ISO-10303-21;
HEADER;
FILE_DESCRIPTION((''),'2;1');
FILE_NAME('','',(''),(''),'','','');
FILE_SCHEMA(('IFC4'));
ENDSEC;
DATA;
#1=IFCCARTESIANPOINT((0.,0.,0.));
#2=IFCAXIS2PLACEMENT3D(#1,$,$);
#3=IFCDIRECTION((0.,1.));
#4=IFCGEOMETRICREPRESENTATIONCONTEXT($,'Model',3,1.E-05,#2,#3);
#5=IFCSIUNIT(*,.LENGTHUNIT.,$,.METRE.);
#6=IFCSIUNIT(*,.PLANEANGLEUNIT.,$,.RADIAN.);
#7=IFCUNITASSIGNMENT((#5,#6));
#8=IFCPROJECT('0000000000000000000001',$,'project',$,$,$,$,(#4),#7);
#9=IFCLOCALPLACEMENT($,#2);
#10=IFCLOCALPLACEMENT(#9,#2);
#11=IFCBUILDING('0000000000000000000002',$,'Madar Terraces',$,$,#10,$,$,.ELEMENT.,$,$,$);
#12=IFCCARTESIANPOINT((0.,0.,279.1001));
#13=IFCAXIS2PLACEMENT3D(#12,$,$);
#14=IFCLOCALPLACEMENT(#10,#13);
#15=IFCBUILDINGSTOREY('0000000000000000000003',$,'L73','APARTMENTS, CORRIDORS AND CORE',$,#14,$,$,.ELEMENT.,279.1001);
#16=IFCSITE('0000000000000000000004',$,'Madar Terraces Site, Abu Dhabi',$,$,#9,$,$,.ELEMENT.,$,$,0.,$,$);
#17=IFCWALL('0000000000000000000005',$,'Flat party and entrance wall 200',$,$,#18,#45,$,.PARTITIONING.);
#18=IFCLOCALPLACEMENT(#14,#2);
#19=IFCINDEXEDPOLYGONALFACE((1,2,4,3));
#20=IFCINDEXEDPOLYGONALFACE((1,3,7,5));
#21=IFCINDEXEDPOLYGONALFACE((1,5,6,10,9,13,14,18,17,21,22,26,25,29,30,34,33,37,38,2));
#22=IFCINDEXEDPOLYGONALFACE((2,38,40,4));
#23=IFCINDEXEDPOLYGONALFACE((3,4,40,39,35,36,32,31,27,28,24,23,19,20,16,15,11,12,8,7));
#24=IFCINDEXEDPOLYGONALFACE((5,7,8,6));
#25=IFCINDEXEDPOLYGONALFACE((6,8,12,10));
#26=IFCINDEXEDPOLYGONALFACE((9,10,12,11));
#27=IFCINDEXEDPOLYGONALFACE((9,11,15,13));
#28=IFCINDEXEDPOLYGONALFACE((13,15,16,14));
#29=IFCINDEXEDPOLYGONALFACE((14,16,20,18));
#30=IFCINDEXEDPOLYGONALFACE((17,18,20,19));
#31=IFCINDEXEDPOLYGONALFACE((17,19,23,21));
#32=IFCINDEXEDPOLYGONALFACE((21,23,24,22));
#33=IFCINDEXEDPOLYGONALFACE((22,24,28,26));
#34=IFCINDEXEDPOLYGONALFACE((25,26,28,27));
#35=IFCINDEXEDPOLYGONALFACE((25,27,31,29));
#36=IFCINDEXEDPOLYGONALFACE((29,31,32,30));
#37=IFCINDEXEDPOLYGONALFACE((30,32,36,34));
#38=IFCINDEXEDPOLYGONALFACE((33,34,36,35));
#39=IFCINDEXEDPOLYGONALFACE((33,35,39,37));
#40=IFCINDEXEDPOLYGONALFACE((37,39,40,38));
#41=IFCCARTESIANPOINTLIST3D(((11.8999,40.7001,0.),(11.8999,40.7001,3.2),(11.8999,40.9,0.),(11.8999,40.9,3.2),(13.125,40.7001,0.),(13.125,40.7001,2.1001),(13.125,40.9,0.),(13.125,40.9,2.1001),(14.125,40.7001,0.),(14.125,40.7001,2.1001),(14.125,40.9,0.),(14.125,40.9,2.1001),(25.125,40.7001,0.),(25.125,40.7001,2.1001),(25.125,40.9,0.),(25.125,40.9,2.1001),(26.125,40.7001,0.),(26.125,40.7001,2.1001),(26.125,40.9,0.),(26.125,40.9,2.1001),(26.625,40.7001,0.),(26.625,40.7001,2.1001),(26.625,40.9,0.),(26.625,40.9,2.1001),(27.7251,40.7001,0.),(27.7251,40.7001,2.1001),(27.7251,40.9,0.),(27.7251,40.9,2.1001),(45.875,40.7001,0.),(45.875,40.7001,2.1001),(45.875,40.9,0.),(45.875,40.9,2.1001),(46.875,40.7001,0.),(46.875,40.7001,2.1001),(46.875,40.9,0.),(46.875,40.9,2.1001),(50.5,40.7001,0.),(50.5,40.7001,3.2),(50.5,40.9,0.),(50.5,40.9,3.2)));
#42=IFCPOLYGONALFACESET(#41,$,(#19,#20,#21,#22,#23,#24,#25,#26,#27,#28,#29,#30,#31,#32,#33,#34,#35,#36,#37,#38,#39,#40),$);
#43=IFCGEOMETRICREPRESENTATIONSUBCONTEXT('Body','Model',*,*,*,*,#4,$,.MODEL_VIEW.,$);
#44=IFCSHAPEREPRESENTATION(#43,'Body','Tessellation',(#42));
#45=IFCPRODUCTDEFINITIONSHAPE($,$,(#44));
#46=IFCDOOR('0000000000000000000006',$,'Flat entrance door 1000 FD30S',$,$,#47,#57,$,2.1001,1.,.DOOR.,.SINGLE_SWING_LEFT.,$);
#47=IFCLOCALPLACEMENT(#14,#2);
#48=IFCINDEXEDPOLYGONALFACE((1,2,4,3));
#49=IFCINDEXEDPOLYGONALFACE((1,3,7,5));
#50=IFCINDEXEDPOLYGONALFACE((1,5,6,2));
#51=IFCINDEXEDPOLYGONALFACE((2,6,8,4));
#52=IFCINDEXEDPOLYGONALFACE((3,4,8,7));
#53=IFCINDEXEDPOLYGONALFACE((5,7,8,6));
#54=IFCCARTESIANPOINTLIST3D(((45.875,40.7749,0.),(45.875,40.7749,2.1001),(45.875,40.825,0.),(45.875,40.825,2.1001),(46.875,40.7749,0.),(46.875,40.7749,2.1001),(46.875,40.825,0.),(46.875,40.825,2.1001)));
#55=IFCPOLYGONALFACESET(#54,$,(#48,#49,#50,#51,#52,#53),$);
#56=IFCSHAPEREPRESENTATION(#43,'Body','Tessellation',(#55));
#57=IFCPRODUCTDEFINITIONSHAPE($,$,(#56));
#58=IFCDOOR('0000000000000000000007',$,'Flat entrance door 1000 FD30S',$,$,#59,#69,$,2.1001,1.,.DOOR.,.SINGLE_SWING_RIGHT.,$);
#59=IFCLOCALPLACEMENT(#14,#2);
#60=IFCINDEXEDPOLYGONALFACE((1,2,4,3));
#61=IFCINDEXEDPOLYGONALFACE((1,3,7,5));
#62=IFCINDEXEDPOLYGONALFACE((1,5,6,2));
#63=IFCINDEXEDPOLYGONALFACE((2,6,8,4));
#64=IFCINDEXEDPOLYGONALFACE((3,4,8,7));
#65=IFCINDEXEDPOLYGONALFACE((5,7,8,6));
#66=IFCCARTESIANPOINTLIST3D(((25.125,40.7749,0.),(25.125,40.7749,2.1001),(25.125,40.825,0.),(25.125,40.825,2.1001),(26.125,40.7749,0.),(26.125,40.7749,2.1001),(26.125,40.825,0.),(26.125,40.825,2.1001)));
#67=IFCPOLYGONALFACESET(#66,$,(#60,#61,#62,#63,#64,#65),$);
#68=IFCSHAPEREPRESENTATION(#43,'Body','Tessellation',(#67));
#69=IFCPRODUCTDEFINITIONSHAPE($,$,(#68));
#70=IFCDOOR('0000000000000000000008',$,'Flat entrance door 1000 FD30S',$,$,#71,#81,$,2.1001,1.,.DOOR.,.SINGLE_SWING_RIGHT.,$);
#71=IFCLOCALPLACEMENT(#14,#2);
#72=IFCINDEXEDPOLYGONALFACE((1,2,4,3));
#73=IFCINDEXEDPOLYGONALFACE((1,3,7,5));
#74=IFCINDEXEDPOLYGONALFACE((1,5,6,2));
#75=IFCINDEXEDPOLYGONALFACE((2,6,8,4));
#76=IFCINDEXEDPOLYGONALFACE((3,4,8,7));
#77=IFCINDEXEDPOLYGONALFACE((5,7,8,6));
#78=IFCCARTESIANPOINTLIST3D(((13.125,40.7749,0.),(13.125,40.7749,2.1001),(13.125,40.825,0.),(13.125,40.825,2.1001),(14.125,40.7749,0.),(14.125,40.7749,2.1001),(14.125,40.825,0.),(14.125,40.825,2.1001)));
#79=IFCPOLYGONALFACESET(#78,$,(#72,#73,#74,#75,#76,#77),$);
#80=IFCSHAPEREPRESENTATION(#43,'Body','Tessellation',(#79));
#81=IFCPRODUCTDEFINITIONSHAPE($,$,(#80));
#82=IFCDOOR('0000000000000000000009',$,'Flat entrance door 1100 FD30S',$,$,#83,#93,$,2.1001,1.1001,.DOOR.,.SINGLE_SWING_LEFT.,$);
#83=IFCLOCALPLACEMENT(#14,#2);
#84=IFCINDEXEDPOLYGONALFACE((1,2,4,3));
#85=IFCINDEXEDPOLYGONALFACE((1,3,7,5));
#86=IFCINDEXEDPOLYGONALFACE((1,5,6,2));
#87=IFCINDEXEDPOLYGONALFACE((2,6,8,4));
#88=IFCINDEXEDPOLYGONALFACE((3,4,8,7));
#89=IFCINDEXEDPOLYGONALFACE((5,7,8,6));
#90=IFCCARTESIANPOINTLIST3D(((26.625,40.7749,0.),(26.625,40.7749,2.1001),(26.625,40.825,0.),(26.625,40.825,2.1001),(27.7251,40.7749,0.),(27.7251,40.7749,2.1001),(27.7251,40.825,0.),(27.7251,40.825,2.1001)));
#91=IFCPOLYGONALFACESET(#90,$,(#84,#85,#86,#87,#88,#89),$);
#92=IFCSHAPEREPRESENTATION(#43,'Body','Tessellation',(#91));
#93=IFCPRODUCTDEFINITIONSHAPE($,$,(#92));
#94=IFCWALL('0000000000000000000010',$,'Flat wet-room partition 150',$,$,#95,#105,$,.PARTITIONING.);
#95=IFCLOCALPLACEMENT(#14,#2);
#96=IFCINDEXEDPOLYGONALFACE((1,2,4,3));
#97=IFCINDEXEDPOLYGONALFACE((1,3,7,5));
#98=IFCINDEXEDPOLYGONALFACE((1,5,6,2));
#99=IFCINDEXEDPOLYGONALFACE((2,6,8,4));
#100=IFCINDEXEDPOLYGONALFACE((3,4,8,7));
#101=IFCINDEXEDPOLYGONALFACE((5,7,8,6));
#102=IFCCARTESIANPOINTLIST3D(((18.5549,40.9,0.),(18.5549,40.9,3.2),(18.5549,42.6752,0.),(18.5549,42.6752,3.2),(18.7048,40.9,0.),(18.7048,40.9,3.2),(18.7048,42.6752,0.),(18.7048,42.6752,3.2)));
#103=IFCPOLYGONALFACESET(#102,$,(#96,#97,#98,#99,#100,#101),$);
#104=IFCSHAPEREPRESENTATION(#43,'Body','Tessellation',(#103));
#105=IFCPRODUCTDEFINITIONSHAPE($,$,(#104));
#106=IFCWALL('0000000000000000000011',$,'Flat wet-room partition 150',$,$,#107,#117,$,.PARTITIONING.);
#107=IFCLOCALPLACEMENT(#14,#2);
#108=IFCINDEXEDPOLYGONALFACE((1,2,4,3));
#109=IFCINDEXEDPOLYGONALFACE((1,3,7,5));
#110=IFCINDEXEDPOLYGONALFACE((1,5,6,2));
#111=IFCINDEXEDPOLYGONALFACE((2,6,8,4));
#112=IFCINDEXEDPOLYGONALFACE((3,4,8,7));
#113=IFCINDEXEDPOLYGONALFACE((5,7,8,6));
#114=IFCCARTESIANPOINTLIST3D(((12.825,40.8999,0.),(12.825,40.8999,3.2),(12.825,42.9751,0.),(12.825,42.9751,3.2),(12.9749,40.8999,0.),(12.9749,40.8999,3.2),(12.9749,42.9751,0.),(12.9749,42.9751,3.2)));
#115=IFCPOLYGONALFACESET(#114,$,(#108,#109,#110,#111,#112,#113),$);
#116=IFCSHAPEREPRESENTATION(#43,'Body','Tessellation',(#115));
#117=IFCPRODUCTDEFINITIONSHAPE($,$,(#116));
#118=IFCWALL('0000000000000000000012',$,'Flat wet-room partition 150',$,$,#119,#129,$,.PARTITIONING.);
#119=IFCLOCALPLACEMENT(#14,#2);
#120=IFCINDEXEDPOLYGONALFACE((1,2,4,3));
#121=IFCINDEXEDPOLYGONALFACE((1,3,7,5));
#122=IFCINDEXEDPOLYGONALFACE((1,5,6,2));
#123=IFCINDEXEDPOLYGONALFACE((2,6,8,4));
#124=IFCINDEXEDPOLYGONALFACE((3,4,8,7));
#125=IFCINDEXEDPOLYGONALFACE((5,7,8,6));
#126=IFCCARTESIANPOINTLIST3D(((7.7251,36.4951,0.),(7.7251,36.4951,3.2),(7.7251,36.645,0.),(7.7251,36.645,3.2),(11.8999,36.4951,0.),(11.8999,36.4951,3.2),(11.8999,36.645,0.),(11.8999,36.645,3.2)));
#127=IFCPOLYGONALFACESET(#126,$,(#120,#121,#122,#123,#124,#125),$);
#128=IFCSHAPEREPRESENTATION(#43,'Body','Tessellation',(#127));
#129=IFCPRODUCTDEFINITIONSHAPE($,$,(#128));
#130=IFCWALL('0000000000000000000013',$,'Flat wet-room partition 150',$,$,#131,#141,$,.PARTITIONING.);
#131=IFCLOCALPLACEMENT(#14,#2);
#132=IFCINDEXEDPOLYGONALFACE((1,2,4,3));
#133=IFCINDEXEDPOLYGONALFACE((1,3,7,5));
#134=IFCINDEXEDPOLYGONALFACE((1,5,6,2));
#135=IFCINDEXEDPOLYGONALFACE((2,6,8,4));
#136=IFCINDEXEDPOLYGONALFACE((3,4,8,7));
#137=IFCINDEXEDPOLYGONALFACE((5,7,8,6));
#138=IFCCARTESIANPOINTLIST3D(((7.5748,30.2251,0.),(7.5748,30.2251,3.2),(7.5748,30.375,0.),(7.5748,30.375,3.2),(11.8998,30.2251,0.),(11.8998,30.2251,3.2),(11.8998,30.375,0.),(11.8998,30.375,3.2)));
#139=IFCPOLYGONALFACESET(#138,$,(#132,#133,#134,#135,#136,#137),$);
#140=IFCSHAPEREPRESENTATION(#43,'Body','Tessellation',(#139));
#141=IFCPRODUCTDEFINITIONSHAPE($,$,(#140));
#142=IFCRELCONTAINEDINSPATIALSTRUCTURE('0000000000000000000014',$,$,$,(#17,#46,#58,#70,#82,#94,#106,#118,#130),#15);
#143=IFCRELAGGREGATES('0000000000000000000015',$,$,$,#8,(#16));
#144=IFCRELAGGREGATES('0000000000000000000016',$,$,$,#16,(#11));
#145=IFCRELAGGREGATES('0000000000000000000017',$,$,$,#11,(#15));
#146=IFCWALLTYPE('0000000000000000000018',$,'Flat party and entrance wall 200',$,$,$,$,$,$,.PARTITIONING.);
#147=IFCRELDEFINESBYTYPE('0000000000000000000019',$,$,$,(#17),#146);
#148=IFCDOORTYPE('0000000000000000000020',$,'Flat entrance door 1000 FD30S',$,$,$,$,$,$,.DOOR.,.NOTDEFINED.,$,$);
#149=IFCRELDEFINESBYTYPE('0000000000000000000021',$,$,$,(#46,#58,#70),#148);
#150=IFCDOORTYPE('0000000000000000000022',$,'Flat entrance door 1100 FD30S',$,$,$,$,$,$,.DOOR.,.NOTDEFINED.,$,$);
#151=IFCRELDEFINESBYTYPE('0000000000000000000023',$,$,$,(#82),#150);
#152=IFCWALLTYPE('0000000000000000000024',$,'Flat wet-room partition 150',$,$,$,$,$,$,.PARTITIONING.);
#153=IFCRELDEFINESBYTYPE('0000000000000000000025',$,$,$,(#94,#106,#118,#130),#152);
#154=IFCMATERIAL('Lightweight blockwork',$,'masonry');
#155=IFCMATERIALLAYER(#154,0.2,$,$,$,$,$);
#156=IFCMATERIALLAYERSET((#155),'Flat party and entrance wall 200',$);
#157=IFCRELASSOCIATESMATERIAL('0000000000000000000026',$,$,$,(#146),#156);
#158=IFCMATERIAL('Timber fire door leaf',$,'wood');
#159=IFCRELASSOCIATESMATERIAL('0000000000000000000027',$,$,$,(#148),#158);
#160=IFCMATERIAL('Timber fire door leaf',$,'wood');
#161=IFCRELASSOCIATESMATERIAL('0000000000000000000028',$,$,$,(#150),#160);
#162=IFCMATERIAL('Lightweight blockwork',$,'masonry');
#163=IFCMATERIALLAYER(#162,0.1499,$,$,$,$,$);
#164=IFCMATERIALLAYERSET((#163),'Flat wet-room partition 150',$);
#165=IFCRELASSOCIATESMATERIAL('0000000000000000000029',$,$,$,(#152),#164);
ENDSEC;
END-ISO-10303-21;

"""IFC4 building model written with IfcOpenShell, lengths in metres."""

from ifc_helpers import new_model, si_unit, direction, frame, frame_2d, origin, place, context, subcontext, project, spatial, rectangle, extrude, material, layer, layer_set, type_object, element, fill, save


model = new_model("IFC4")

# Units and contexts
model_context = context("Model", 3, precision=1e-05, world=origin(), true_north=direction((0.0, 1.0)))
body_context = subcontext(model_context, "Body", "Model", "MODEL_VIEW")
ifc_project = project(units=[si_unit("LENGTHUNIT", "METRE"), si_unit("PLANEANGLEUNIT", "RADIAN")], contexts=[model_context])

# Site, building, storey
site_placement = place(None, origin())
site = spatial("IfcSite", under=ifc_project, at=site_placement, Name="Madar Terraces Site, Abu Dhabi", CompositionType="ELEMENT", RefElevation=0.0)
building_placement = place(site_placement, origin())
building = spatial("IfcBuilding", under=site, at=building_placement, Name="Madar Terraces", CompositionType="ELEMENT")
storey_placement = place(building_placement, frame((0.0, 0.0, 279.1001)))
storey = spatial("IfcBuildingStorey", under=building, at=storey_placement, Name="L73", Description="APARTMENTS, CORRIDORS AND CORE", CompositionType="ELEMENT", Elevation=279.1001)

# Wall, openings, doors
ifc_material_1 = material(Name="Lightweight blockwork", Category="masonry")
ifc_layer_1 = layer(ifc_material_1, 0.2)
ifc_layer_set_1 = layer_set([ifc_layer_1], Name="Flat party and entrance wall 200")
wall_type_1 = type_object("IfcWallType", Name="Flat party and entrance wall 200", PredefinedType="PARTITIONING", material=ifc_layer_set_1)
wall_1_placement = place(storey_placement, frame((11.8999, 40.8, 0.0), z_axis=(0.0, 0.0, 1.0), x_axis=(1.0, 0.0, 0.0)))
wall_1 = element("IfcWall", 1, at=wall_1_placement, inside=storey, type_object=wall_type_1, Name="Flat party and entrance wall 200", PredefinedType="PARTITIONING", context=body_context, shape_type="SweptSolid", body=[
    extrude(rectangle(XDim=38.6001, YDim=0.2, at=frame_2d((19.3, 0.0))), origin(), (0.0, 0.0, 1.0), 3.2),
])
opening_1_placement = place(wall_1_placement, frame((33.9751, 0.0, 0.0)))
opening_1 = element("IfcOpeningElement", 2, at=opening_1_placement, cuts=wall_1, PredefinedType="OPENING", context=body_context, shape_type="SweptSolid", body=[
    extrude(rectangle(XDim=1.0, YDim=2.1001, at=frame_2d((0.5, 1.05))), frame((0.0, 0.1099, 0.0), z_axis=(0.0, -1.0, 0.0), x_axis=(1.0, 0.0, 0.0)), (0.0, 0.0, 1.0), 0.22),
])
opening_2_placement = place(wall_1_placement, frame((14.7251, 0.0, 0.0)))
opening_2 = element("IfcOpeningElement", 3, at=opening_2_placement, cuts=wall_1, PredefinedType="OPENING", context=body_context, shape_type="SweptSolid", body=[
    extrude(rectangle(XDim=1.1001, YDim=2.1001, at=frame_2d((0.55, 1.05))), frame((0.0, 0.1099, 0.0), z_axis=(0.0, -1.0, 0.0), x_axis=(1.0, 0.0, 0.0)), (0.0, 0.0, 1.0), 0.22),
])
opening_3_placement = place(wall_1_placement, frame((13.2251, 0.0, 0.0)))
opening_3 = element("IfcOpeningElement", 4, at=opening_3_placement, cuts=wall_1, PredefinedType="OPENING", context=body_context, shape_type="SweptSolid", body=[
    extrude(rectangle(XDim=1.0, YDim=2.1001, at=frame_2d((0.5, 1.05))), frame((0.0, 0.1099, 0.0), z_axis=(0.0, -1.0, 0.0), x_axis=(1.0, 0.0, 0.0)), (0.0, 0.0, 1.0), 0.22),
])
opening_4_placement = place(wall_1_placement, frame((1.2251, 0.0, 0.0)))
opening_4 = element("IfcOpeningElement", 5, at=opening_4_placement, cuts=wall_1, PredefinedType="OPENING", context=body_context, shape_type="SweptSolid", body=[
    extrude(rectangle(XDim=1.0, YDim=2.1001, at=frame_2d((0.5, 1.05))), frame((0.0, 0.1099, 0.0), z_axis=(0.0, -1.0, 0.0), x_axis=(1.0, 0.0, 0.0)), (0.0, 0.0, 1.0), 0.22),
])
ifc_material_2 = material(Name="Timber fire door leaf", Category="wood")
door_type_1 = type_object("IfcDoorType", Name="Flat entrance door 1000 FD30S", OperationType="NOTDEFINED", PredefinedType="DOOR", material=ifc_material_2)
door_1_placement = place(opening_1_placement, origin())
door_1 = element("IfcDoor", 6, at=door_1_placement, inside=storey, type_object=door_type_1, Name="Flat entrance door 1000 FD30S", OperationType="SINGLE_SWING_LEFT", OverallHeight=2.1001, OverallWidth=1.0, PredefinedType="DOOR", context=body_context, shape_type="SweptSolid", body=[
    extrude(rectangle(XDim=1.0, YDim=2.1001, at=frame_2d((0.5, 1.05))), frame((0.0, 0.0249, 0.0), z_axis=(0.0, -1.0, 0.0), x_axis=(1.0, 0.0, 0.0)), (0.0, 0.0, 1.0), 0.05),
])
fill(opening_1, door_1)
door_2_placement = place(opening_3_placement, origin())
door_2 = element("IfcDoor", 7, at=door_2_placement, inside=storey, type_object=door_type_1, Name="Flat entrance door 1000 FD30S", OperationType="SINGLE_SWING_RIGHT", OverallHeight=2.1001, OverallWidth=1.0, PredefinedType="DOOR", context=body_context, shape_type="SweptSolid", body=[
    extrude(rectangle(XDim=1.0, YDim=2.1001, at=frame_2d((0.5, 1.05))), frame((0.0, 0.0249, 0.0), z_axis=(0.0, -1.0, 0.0), x_axis=(1.0, 0.0, 0.0)), (0.0, 0.0, 1.0), 0.05),
])
fill(opening_3, door_2)
door_3_placement = place(opening_4_placement, origin())
door_3 = element("IfcDoor", 8, at=door_3_placement, inside=storey, type_object=door_type_1, Name="Flat entrance door 1000 FD30S", OperationType="SINGLE_SWING_RIGHT", OverallHeight=2.1001, OverallWidth=1.0, PredefinedType="DOOR", context=body_context, shape_type="SweptSolid", body=[
    extrude(rectangle(XDim=1.0, YDim=2.1001, at=frame_2d((0.5, 1.05))), frame((0.0, 0.0249, 0.0), z_axis=(0.0, -1.0, 0.0), x_axis=(1.0, 0.0, 0.0)), (0.0, 0.0, 1.0), 0.05),
])
fill(opening_4, door_3)
ifc_material_3 = material(Name="Timber fire door leaf", Category="wood")
door_type_2 = type_object("IfcDoorType", Name="Flat entrance door 1100 FD30S", OperationType="NOTDEFINED", PredefinedType="DOOR", material=ifc_material_3)
door_4_placement = place(opening_2_placement, origin())
door_4 = element("IfcDoor", 9, at=door_4_placement, inside=storey, type_object=door_type_2, Name="Flat entrance door 1100 FD30S", OperationType="SINGLE_SWING_LEFT", OverallHeight=2.1001, OverallWidth=1.1001, PredefinedType="DOOR", context=body_context, shape_type="SweptSolid", body=[
    extrude(rectangle(XDim=1.1001, YDim=2.1001, at=frame_2d((0.55, 1.05))), frame((0.0, 0.0249, 0.0), z_axis=(0.0, -1.0, 0.0), x_axis=(1.0, 0.0, 0.0)), (0.0, 0.0, 1.0), 0.05),
])
fill(opening_2, door_4)

# Walls
ifc_material_4 = material(Name="Lightweight blockwork", Category="masonry")
ifc_layer_2 = layer(ifc_material_4, 0.1499)
ifc_layer_set_2 = layer_set([ifc_layer_2], Name="Flat wet-room partition 150")
wall_type_2 = type_object("IfcWallType", Name="Flat wet-room partition 150", PredefinedType="PARTITIONING", material=ifc_layer_set_2)
wall_2_placement = place(storey_placement, frame((18.6299, 40.8999, 0.0), z_axis=(0.0, 0.0, 1.0), x_axis=(0.0, 1.0, 0.0)))
element("IfcWall", 10, at=wall_2_placement, inside=storey, type_object=wall_type_2, Name="Flat wet-room partition 150", PredefinedType="PARTITIONING", context=body_context, shape_type="SweptSolid", body=[
    extrude(rectangle(XDim=1.7751, YDim=0.1499, at=frame_2d((0.8877, 0.0))), origin(), (0.0, 0.0, 1.0), 3.2),
])
wall_3_placement = place(storey_placement, frame((12.8999, 40.8999, 0.0), z_axis=(0.0, 0.0, 1.0), x_axis=(0.0, 1.0, 0.0)))
element("IfcWall", 11, at=wall_3_placement, inside=storey, type_object=wall_type_2, Name="Flat wet-room partition 150", PredefinedType="PARTITIONING", context=body_context, shape_type="SweptSolid", body=[
    extrude(rectangle(XDim=2.0752, YDim=0.1499, at=frame_2d((1.0376, 0.0))), origin(), (0.0, 0.0, 1.0), 3.2),
])
wall_4_placement = place(storey_placement, frame((11.8999, 36.5701, 0.0), z_axis=(0.0, 0.0, 1.0), x_axis=(-1.0, 0.0, 0.0)))
element("IfcWall", 12, at=wall_4_placement, inside=storey, type_object=wall_type_2, Name="Flat wet-room partition 150", PredefinedType="PARTITIONING", context=body_context, shape_type="SweptSolid", body=[
    extrude(rectangle(XDim=4.1748, YDim=0.1499, at=frame_2d((2.0874, 0.0))), origin(), (0.0, 0.0, 1.0), 3.2),
])
wall_5_placement = place(storey_placement, frame((11.8999, 30.3, 0.0), z_axis=(0.0, 0.0, 1.0), x_axis=(-1.0, 0.0, 0.0)))
element("IfcWall", 13, at=wall_5_placement, inside=storey, type_object=wall_type_2, Name="Flat wet-room partition 150", PredefinedType="PARTITIONING", context=body_context, shape_type="SweptSolid", body=[
    extrude(rectangle(XDim=4.325, YDim=0.1499, at=frame_2d((2.1626, 0.0))), origin(), (0.0, 0.0, 1.0), 3.2),
])

save(model, "model.ifc")
